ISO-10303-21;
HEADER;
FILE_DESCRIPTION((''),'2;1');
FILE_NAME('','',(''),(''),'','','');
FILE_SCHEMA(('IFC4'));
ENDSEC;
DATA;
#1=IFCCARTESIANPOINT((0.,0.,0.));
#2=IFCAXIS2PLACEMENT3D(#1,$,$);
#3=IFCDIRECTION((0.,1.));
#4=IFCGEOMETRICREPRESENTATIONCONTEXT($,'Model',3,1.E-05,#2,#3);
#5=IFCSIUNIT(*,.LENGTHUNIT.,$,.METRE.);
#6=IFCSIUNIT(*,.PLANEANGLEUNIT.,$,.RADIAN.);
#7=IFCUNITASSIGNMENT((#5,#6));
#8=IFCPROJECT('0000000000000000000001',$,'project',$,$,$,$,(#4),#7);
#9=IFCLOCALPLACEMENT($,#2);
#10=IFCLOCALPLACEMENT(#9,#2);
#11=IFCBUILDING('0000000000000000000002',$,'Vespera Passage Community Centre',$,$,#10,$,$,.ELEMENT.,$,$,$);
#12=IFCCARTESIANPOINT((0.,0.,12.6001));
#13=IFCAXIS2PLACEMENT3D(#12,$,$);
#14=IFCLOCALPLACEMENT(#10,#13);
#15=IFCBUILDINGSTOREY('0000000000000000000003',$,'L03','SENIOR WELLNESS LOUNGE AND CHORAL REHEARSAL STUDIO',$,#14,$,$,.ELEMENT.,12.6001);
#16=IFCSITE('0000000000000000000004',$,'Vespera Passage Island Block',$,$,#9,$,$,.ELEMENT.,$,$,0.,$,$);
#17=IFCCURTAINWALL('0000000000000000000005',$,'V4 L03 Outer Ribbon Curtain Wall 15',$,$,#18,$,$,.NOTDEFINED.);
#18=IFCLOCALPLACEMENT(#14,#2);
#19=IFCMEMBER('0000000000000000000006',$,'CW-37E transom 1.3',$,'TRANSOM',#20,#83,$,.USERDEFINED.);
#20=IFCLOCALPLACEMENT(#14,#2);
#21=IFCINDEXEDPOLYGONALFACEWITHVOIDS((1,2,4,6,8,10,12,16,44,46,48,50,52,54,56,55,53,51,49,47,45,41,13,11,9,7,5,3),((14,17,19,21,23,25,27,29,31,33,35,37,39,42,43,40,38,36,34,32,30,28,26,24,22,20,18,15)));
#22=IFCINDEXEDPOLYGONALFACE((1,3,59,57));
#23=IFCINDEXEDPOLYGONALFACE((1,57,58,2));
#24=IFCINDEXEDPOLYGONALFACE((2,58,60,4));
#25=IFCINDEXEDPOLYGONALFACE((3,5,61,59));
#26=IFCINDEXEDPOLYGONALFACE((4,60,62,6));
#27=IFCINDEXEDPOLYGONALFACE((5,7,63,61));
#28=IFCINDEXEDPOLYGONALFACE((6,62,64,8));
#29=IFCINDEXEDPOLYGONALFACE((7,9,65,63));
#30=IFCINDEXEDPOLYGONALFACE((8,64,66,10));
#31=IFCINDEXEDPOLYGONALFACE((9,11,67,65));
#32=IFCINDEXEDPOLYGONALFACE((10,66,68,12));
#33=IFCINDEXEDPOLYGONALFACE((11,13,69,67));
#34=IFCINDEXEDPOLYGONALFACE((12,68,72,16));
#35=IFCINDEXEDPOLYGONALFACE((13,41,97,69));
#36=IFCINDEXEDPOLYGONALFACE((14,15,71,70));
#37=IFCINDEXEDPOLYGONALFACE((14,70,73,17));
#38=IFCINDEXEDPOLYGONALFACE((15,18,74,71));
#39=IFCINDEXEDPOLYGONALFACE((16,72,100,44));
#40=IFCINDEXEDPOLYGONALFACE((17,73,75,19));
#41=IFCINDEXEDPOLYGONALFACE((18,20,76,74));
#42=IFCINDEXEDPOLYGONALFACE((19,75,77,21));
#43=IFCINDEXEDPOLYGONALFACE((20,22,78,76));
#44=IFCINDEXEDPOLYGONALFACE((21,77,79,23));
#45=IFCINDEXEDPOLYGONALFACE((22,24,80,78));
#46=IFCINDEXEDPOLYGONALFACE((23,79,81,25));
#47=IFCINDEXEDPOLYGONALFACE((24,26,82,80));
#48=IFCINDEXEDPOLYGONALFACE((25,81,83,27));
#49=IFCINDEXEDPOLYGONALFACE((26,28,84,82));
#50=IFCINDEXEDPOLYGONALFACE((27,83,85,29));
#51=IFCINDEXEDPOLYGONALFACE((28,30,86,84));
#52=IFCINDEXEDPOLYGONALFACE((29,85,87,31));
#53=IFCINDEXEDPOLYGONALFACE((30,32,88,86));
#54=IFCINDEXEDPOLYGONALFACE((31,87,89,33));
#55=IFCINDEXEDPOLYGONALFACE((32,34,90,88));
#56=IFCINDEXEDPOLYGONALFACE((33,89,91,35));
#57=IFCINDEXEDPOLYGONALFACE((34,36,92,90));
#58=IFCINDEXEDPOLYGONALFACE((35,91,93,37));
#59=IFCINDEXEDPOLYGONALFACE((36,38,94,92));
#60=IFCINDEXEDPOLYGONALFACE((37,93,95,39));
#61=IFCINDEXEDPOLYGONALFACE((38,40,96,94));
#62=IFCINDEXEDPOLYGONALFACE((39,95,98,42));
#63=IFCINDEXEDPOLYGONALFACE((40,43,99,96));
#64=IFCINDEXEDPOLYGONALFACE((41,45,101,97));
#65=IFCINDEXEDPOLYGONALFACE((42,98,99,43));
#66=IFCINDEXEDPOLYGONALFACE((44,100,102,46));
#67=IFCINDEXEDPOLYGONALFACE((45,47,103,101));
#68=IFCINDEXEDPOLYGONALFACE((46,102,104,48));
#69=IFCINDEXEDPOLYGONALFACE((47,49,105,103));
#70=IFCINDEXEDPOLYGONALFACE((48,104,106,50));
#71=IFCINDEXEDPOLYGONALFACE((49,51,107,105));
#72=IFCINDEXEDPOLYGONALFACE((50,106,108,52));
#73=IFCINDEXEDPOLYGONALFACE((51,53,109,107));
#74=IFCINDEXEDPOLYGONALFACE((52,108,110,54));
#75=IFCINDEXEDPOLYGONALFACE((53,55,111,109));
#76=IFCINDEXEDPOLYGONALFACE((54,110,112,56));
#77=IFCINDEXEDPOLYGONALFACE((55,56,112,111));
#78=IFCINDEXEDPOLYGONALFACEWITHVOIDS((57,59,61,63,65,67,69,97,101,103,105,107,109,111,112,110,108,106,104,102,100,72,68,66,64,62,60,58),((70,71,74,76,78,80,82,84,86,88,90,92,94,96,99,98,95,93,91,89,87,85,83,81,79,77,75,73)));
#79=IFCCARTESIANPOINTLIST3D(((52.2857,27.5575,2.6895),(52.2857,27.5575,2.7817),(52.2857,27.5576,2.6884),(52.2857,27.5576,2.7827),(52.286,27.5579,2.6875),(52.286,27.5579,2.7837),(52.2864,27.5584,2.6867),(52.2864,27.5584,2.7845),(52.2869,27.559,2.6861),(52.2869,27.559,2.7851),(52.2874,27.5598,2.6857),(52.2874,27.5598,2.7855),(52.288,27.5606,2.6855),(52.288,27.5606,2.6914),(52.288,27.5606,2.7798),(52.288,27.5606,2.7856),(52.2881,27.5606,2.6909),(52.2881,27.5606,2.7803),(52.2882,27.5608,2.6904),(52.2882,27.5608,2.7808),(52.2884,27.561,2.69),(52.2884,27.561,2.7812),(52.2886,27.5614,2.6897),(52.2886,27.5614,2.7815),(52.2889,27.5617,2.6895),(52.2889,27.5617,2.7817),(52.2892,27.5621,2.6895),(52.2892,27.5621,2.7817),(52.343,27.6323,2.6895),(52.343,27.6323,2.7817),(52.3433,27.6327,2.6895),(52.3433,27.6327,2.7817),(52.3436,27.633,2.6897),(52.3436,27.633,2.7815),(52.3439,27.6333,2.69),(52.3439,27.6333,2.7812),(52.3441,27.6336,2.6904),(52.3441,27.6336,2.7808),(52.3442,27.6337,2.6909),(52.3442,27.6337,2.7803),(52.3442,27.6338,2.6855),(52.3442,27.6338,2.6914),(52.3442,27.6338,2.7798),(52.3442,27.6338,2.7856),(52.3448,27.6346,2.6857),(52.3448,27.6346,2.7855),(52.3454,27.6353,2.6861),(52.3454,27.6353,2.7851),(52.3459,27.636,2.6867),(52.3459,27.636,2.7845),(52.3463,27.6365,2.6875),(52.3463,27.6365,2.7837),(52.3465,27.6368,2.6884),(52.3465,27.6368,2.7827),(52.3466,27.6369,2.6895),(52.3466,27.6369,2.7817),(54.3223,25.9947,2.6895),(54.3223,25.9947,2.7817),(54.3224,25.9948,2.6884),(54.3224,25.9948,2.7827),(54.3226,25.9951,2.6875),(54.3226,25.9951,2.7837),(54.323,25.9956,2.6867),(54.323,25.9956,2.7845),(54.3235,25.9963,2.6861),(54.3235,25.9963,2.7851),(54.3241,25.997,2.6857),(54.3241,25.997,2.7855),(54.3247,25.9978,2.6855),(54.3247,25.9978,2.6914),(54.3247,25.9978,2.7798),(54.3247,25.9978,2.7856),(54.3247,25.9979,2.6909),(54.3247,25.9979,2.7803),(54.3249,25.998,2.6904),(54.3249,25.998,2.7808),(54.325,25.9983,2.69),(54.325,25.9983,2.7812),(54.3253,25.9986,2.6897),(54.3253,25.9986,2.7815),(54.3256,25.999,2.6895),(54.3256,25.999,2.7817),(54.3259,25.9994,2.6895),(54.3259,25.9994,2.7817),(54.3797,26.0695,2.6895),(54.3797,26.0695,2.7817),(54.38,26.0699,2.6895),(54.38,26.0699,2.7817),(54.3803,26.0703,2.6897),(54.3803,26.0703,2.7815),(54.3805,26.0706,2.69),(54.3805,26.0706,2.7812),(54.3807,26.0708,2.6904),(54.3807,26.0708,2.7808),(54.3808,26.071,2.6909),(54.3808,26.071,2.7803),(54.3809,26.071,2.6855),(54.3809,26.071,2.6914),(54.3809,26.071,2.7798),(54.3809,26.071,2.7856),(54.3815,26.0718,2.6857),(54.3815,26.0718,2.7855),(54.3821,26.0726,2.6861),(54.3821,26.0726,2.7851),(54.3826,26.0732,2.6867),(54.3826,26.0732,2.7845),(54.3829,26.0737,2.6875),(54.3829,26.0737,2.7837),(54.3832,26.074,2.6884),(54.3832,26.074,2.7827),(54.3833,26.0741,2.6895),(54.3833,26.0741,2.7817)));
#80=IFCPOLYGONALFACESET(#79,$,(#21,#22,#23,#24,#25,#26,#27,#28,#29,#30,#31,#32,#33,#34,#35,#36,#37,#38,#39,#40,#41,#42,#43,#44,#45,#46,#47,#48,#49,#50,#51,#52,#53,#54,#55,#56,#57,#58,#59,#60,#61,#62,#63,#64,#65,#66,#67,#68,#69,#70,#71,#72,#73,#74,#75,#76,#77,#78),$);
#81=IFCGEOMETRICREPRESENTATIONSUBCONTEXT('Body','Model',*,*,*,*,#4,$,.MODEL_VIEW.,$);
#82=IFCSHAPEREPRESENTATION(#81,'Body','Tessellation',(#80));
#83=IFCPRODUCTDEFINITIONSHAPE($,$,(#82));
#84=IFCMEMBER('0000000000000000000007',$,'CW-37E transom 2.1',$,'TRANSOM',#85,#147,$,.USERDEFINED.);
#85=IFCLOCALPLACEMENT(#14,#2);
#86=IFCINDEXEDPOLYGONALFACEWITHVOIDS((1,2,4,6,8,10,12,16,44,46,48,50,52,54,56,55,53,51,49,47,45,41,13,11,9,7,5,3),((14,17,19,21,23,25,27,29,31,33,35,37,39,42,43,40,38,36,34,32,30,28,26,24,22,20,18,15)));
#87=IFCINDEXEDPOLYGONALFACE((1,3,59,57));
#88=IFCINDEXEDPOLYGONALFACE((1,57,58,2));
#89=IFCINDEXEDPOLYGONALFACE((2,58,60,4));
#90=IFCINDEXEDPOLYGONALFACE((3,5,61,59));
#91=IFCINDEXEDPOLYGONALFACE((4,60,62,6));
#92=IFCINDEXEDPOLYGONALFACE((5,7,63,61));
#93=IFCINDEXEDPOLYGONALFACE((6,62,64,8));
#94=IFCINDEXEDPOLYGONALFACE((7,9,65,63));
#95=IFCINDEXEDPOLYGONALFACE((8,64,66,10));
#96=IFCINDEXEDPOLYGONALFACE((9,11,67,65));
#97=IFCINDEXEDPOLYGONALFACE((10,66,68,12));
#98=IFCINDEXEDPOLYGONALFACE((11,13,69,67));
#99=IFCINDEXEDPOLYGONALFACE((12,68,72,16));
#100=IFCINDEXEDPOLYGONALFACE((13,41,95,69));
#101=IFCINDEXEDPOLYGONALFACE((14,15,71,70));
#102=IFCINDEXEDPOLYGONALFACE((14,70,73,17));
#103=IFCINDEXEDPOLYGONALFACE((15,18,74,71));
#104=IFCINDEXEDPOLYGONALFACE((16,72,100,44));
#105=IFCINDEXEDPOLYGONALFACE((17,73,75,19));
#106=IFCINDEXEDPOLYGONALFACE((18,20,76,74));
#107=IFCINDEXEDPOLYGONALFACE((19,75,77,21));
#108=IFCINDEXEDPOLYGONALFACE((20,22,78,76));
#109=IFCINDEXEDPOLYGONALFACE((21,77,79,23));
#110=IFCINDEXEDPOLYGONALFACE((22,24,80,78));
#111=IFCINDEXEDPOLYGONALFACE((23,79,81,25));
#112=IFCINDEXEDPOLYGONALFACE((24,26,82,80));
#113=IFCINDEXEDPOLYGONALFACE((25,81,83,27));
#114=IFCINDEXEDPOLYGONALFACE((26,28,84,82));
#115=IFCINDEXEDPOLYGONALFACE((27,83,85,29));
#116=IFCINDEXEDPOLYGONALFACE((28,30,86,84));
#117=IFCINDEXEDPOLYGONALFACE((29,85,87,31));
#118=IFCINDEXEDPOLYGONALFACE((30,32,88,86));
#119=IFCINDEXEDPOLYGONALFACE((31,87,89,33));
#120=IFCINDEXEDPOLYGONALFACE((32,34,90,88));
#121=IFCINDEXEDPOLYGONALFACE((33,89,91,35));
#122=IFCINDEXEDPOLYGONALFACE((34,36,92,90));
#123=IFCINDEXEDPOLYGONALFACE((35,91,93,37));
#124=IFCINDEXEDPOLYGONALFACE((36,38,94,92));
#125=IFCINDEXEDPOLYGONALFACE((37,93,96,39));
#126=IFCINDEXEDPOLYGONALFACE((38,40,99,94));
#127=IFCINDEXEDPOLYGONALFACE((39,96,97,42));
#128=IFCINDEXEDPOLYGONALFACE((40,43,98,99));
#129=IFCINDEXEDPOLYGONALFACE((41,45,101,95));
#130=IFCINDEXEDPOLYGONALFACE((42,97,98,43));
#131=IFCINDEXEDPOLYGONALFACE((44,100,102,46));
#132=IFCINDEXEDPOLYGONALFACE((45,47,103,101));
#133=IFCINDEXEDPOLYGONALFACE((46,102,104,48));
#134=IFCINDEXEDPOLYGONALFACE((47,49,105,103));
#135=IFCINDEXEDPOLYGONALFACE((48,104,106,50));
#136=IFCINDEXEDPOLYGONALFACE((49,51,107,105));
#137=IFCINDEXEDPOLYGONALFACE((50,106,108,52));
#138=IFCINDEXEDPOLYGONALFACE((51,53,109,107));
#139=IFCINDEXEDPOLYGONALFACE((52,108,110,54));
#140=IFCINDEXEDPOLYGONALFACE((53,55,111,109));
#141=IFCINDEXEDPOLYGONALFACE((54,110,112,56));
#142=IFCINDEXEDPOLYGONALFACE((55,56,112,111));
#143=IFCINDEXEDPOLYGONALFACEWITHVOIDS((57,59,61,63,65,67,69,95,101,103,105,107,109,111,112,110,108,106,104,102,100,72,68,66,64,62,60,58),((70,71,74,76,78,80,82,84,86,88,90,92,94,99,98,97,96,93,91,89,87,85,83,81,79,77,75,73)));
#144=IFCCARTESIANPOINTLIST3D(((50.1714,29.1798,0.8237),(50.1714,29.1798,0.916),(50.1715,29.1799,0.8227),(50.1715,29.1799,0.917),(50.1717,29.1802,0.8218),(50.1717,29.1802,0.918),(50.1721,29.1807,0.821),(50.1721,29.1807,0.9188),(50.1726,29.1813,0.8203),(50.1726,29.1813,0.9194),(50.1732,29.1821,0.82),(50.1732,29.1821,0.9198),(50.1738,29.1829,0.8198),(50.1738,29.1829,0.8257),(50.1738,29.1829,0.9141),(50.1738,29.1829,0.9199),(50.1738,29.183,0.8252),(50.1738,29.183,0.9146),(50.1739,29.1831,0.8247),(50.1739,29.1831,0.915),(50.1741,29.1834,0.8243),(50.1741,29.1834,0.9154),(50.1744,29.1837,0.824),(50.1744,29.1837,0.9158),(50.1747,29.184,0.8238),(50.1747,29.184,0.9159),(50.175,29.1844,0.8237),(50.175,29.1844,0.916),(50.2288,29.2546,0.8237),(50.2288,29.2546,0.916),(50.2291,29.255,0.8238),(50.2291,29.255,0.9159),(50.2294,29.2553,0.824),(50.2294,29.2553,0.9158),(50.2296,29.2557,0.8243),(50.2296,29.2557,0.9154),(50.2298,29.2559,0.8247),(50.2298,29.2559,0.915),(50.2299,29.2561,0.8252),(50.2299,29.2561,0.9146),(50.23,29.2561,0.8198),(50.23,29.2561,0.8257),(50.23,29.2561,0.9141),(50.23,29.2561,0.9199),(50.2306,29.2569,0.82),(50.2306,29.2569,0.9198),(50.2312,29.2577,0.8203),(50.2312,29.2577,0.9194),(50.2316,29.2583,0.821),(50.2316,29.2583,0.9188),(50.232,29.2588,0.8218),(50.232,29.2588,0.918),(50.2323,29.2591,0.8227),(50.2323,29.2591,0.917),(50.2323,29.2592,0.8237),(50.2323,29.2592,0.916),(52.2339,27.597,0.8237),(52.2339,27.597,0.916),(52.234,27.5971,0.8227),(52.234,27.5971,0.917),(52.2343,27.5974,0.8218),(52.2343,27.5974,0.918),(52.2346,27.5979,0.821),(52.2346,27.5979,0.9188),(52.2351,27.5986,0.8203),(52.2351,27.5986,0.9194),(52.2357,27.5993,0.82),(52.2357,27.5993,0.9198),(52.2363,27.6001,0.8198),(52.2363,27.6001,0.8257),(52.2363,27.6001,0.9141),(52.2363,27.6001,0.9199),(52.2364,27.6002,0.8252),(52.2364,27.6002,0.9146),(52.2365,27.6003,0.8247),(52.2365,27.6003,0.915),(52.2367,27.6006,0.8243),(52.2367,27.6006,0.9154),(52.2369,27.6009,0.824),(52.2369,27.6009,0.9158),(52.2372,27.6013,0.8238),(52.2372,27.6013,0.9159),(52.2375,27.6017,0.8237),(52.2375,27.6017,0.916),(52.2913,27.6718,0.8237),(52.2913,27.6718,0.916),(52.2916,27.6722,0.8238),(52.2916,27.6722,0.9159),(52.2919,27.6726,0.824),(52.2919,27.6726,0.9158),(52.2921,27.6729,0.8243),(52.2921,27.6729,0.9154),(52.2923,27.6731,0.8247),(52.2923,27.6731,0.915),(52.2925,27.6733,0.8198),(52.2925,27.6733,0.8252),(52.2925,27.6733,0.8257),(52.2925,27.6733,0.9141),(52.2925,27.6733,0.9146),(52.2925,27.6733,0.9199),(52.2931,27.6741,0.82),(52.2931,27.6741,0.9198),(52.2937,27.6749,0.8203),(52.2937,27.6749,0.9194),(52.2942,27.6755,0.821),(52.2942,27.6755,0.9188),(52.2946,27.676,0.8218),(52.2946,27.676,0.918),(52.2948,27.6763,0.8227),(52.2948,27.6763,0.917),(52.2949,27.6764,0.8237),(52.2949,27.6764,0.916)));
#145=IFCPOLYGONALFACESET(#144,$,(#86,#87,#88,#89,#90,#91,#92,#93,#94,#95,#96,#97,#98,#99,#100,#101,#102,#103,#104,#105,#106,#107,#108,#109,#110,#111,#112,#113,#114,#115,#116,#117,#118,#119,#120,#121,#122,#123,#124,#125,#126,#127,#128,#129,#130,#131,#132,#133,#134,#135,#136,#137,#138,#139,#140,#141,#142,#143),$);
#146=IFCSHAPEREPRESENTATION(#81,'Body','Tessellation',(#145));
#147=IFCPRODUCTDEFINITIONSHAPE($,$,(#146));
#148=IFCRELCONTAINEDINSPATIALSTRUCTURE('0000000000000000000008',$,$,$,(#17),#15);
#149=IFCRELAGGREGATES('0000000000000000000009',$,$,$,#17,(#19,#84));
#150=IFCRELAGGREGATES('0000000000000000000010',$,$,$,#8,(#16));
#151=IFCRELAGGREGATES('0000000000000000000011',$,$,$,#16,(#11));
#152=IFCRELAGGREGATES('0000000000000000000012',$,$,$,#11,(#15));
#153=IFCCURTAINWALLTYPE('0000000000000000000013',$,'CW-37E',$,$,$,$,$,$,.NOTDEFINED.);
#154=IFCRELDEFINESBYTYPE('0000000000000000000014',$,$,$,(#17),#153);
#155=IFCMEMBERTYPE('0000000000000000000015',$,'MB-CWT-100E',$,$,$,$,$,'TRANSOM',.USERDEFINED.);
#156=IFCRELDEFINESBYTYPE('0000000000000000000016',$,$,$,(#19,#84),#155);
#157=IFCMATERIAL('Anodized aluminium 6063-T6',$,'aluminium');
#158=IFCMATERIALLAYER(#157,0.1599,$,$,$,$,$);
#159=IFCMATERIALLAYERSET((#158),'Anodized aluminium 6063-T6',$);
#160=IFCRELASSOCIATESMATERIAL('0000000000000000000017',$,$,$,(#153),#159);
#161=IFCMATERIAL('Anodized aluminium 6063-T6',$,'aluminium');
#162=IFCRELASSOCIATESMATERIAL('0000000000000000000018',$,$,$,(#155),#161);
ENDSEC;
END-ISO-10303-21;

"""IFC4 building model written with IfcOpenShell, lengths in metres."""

from ifc_helpers import new_model, si_unit, direction, frame, origin, origin_2d, place, context, subcontext, project, spatial, hollow_rectangle, extrude, material, layer, layer_set, material_profile, profile_set, type_object, element, aggregate, save


model = new_model("IFC4")

# Units and contexts
model_context = context("Model", 3, precision=1e-05, world=origin(), true_north=direction((0.0, 1.0)))
body_context = subcontext(model_context, "Body", "Model", "MODEL_VIEW")
ifc_project = project(units=[si_unit("LENGTHUNIT", "METRE"), si_unit("PLANEANGLEUNIT", "RADIAN")], contexts=[model_context])

# Site, building, storey
site_placement = place(None, origin())
site = spatial("IfcSite", under=ifc_project, at=site_placement, Name="Vespera Passage Island Block", CompositionType="ELEMENT", RefElevation=0.0)
building_placement = place(site_placement, origin())
building = spatial("IfcBuilding", under=site, at=building_placement, Name="Vespera Passage Community Centre", CompositionType="ELEMENT")
storey_placement = place(building_placement, frame((0.0, 0.0, 12.6001)))
storey = spatial("IfcBuildingStorey", under=building, at=storey_placement, Name="L03", Description="SENIOR WELLNESS LOUNGE AND CHORAL REHEARSAL STUDIO", CompositionType="ELEMENT", Elevation=12.6001)

# Curtain wall, members
ifc_material_1 = material(Name="Anodized aluminium 6063-T6", Category="aluminium")
ifc_layer_1 = layer(ifc_material_1, 0.1599)
ifc_layer_set_1 = layer_set([ifc_layer_1], Name="Anodized aluminium 6063-T6")
curtain_wall_type = type_object("IfcCurtainWallType", Name="CW-37E", PredefinedType="NOTDEFINED", material=ifc_layer_set_1)
curtain_wall_placement = place(storey_placement, origin())
curtain_wall = element("IfcCurtainWall", 1, at=curtain_wall_placement, inside=storey, type_object=curtain_wall_type, Name="V4 L03 Outer Ribbon Curtain Wall 15", PredefinedType="NOTDEFINED")
ifc_material_2 = material(Name="Anodized aluminium 6063-T6", Category="aluminium")
ifc_material_profile_1 = material_profile(ifc_material_2, hollow_rectangle(XDim=0.1001, YDim=0.1001, WallThickness=0.0039, InnerFilletRadius=0.002, OuterFilletRadius=0.0039, at=origin_2d()), Name="ALU100X100X4")
ifc_profile_set_1 = profile_set([ifc_material_profile_1], Name="Anodized aluminium 6063-T6")
member_type_1 = type_object("IfcMemberType", Name="MB-CWT-100E", ElementType="TRANSOM", PredefinedType="USERDEFINED", material=ifc_profile_set_1)
member_1_placement = place(storey_placement, frame((54.3528, 26.0344, 2.7356), z_axis=(-0.793355, 0.608759, 0.0), x_axis=(-0.608759, -0.793355, 0.0)))
member_1 = element("IfcMember", 2, at=member_1_placement, type_object=member_type_1, Name="CW-37E transom 1.3", ObjectType="TRANSOM", PredefinedType="USERDEFINED", context=body_context, shape_type="SweptSolid", body=[
    extrude(hollow_rectangle(XDim=0.1001, YDim=0.1001, WallThickness=0.0039, InnerFilletRadius=0.002, OuterFilletRadius=0.0039, at=origin_2d()), origin(), (0.0, 0.0, 1.0), 2.5671),
])
member_2_placement = place(storey_placement, frame((52.2644, 27.6367, 0.8699), z_axis=(-0.793325, 0.608798, 0.0), x_axis=(-0.608798, -0.793325, 0.0)))
member_2 = element("IfcMember", 3, at=member_2_placement, type_object=member_type_1, Name="CW-37E transom 2.1", ObjectType="TRANSOM", PredefinedType="USERDEFINED", context=body_context, shape_type="SweptSolid", body=[
    extrude(hollow_rectangle(XDim=0.1001, YDim=0.1001, WallThickness=0.0039, InnerFilletRadius=0.002, OuterFilletRadius=0.0039, at=origin_2d()), origin(), (0.0, 0.0, 1.0), 2.5999),
])
aggregate(curtain_wall, [member_1, member_2])

save(model, "model.ifc")
